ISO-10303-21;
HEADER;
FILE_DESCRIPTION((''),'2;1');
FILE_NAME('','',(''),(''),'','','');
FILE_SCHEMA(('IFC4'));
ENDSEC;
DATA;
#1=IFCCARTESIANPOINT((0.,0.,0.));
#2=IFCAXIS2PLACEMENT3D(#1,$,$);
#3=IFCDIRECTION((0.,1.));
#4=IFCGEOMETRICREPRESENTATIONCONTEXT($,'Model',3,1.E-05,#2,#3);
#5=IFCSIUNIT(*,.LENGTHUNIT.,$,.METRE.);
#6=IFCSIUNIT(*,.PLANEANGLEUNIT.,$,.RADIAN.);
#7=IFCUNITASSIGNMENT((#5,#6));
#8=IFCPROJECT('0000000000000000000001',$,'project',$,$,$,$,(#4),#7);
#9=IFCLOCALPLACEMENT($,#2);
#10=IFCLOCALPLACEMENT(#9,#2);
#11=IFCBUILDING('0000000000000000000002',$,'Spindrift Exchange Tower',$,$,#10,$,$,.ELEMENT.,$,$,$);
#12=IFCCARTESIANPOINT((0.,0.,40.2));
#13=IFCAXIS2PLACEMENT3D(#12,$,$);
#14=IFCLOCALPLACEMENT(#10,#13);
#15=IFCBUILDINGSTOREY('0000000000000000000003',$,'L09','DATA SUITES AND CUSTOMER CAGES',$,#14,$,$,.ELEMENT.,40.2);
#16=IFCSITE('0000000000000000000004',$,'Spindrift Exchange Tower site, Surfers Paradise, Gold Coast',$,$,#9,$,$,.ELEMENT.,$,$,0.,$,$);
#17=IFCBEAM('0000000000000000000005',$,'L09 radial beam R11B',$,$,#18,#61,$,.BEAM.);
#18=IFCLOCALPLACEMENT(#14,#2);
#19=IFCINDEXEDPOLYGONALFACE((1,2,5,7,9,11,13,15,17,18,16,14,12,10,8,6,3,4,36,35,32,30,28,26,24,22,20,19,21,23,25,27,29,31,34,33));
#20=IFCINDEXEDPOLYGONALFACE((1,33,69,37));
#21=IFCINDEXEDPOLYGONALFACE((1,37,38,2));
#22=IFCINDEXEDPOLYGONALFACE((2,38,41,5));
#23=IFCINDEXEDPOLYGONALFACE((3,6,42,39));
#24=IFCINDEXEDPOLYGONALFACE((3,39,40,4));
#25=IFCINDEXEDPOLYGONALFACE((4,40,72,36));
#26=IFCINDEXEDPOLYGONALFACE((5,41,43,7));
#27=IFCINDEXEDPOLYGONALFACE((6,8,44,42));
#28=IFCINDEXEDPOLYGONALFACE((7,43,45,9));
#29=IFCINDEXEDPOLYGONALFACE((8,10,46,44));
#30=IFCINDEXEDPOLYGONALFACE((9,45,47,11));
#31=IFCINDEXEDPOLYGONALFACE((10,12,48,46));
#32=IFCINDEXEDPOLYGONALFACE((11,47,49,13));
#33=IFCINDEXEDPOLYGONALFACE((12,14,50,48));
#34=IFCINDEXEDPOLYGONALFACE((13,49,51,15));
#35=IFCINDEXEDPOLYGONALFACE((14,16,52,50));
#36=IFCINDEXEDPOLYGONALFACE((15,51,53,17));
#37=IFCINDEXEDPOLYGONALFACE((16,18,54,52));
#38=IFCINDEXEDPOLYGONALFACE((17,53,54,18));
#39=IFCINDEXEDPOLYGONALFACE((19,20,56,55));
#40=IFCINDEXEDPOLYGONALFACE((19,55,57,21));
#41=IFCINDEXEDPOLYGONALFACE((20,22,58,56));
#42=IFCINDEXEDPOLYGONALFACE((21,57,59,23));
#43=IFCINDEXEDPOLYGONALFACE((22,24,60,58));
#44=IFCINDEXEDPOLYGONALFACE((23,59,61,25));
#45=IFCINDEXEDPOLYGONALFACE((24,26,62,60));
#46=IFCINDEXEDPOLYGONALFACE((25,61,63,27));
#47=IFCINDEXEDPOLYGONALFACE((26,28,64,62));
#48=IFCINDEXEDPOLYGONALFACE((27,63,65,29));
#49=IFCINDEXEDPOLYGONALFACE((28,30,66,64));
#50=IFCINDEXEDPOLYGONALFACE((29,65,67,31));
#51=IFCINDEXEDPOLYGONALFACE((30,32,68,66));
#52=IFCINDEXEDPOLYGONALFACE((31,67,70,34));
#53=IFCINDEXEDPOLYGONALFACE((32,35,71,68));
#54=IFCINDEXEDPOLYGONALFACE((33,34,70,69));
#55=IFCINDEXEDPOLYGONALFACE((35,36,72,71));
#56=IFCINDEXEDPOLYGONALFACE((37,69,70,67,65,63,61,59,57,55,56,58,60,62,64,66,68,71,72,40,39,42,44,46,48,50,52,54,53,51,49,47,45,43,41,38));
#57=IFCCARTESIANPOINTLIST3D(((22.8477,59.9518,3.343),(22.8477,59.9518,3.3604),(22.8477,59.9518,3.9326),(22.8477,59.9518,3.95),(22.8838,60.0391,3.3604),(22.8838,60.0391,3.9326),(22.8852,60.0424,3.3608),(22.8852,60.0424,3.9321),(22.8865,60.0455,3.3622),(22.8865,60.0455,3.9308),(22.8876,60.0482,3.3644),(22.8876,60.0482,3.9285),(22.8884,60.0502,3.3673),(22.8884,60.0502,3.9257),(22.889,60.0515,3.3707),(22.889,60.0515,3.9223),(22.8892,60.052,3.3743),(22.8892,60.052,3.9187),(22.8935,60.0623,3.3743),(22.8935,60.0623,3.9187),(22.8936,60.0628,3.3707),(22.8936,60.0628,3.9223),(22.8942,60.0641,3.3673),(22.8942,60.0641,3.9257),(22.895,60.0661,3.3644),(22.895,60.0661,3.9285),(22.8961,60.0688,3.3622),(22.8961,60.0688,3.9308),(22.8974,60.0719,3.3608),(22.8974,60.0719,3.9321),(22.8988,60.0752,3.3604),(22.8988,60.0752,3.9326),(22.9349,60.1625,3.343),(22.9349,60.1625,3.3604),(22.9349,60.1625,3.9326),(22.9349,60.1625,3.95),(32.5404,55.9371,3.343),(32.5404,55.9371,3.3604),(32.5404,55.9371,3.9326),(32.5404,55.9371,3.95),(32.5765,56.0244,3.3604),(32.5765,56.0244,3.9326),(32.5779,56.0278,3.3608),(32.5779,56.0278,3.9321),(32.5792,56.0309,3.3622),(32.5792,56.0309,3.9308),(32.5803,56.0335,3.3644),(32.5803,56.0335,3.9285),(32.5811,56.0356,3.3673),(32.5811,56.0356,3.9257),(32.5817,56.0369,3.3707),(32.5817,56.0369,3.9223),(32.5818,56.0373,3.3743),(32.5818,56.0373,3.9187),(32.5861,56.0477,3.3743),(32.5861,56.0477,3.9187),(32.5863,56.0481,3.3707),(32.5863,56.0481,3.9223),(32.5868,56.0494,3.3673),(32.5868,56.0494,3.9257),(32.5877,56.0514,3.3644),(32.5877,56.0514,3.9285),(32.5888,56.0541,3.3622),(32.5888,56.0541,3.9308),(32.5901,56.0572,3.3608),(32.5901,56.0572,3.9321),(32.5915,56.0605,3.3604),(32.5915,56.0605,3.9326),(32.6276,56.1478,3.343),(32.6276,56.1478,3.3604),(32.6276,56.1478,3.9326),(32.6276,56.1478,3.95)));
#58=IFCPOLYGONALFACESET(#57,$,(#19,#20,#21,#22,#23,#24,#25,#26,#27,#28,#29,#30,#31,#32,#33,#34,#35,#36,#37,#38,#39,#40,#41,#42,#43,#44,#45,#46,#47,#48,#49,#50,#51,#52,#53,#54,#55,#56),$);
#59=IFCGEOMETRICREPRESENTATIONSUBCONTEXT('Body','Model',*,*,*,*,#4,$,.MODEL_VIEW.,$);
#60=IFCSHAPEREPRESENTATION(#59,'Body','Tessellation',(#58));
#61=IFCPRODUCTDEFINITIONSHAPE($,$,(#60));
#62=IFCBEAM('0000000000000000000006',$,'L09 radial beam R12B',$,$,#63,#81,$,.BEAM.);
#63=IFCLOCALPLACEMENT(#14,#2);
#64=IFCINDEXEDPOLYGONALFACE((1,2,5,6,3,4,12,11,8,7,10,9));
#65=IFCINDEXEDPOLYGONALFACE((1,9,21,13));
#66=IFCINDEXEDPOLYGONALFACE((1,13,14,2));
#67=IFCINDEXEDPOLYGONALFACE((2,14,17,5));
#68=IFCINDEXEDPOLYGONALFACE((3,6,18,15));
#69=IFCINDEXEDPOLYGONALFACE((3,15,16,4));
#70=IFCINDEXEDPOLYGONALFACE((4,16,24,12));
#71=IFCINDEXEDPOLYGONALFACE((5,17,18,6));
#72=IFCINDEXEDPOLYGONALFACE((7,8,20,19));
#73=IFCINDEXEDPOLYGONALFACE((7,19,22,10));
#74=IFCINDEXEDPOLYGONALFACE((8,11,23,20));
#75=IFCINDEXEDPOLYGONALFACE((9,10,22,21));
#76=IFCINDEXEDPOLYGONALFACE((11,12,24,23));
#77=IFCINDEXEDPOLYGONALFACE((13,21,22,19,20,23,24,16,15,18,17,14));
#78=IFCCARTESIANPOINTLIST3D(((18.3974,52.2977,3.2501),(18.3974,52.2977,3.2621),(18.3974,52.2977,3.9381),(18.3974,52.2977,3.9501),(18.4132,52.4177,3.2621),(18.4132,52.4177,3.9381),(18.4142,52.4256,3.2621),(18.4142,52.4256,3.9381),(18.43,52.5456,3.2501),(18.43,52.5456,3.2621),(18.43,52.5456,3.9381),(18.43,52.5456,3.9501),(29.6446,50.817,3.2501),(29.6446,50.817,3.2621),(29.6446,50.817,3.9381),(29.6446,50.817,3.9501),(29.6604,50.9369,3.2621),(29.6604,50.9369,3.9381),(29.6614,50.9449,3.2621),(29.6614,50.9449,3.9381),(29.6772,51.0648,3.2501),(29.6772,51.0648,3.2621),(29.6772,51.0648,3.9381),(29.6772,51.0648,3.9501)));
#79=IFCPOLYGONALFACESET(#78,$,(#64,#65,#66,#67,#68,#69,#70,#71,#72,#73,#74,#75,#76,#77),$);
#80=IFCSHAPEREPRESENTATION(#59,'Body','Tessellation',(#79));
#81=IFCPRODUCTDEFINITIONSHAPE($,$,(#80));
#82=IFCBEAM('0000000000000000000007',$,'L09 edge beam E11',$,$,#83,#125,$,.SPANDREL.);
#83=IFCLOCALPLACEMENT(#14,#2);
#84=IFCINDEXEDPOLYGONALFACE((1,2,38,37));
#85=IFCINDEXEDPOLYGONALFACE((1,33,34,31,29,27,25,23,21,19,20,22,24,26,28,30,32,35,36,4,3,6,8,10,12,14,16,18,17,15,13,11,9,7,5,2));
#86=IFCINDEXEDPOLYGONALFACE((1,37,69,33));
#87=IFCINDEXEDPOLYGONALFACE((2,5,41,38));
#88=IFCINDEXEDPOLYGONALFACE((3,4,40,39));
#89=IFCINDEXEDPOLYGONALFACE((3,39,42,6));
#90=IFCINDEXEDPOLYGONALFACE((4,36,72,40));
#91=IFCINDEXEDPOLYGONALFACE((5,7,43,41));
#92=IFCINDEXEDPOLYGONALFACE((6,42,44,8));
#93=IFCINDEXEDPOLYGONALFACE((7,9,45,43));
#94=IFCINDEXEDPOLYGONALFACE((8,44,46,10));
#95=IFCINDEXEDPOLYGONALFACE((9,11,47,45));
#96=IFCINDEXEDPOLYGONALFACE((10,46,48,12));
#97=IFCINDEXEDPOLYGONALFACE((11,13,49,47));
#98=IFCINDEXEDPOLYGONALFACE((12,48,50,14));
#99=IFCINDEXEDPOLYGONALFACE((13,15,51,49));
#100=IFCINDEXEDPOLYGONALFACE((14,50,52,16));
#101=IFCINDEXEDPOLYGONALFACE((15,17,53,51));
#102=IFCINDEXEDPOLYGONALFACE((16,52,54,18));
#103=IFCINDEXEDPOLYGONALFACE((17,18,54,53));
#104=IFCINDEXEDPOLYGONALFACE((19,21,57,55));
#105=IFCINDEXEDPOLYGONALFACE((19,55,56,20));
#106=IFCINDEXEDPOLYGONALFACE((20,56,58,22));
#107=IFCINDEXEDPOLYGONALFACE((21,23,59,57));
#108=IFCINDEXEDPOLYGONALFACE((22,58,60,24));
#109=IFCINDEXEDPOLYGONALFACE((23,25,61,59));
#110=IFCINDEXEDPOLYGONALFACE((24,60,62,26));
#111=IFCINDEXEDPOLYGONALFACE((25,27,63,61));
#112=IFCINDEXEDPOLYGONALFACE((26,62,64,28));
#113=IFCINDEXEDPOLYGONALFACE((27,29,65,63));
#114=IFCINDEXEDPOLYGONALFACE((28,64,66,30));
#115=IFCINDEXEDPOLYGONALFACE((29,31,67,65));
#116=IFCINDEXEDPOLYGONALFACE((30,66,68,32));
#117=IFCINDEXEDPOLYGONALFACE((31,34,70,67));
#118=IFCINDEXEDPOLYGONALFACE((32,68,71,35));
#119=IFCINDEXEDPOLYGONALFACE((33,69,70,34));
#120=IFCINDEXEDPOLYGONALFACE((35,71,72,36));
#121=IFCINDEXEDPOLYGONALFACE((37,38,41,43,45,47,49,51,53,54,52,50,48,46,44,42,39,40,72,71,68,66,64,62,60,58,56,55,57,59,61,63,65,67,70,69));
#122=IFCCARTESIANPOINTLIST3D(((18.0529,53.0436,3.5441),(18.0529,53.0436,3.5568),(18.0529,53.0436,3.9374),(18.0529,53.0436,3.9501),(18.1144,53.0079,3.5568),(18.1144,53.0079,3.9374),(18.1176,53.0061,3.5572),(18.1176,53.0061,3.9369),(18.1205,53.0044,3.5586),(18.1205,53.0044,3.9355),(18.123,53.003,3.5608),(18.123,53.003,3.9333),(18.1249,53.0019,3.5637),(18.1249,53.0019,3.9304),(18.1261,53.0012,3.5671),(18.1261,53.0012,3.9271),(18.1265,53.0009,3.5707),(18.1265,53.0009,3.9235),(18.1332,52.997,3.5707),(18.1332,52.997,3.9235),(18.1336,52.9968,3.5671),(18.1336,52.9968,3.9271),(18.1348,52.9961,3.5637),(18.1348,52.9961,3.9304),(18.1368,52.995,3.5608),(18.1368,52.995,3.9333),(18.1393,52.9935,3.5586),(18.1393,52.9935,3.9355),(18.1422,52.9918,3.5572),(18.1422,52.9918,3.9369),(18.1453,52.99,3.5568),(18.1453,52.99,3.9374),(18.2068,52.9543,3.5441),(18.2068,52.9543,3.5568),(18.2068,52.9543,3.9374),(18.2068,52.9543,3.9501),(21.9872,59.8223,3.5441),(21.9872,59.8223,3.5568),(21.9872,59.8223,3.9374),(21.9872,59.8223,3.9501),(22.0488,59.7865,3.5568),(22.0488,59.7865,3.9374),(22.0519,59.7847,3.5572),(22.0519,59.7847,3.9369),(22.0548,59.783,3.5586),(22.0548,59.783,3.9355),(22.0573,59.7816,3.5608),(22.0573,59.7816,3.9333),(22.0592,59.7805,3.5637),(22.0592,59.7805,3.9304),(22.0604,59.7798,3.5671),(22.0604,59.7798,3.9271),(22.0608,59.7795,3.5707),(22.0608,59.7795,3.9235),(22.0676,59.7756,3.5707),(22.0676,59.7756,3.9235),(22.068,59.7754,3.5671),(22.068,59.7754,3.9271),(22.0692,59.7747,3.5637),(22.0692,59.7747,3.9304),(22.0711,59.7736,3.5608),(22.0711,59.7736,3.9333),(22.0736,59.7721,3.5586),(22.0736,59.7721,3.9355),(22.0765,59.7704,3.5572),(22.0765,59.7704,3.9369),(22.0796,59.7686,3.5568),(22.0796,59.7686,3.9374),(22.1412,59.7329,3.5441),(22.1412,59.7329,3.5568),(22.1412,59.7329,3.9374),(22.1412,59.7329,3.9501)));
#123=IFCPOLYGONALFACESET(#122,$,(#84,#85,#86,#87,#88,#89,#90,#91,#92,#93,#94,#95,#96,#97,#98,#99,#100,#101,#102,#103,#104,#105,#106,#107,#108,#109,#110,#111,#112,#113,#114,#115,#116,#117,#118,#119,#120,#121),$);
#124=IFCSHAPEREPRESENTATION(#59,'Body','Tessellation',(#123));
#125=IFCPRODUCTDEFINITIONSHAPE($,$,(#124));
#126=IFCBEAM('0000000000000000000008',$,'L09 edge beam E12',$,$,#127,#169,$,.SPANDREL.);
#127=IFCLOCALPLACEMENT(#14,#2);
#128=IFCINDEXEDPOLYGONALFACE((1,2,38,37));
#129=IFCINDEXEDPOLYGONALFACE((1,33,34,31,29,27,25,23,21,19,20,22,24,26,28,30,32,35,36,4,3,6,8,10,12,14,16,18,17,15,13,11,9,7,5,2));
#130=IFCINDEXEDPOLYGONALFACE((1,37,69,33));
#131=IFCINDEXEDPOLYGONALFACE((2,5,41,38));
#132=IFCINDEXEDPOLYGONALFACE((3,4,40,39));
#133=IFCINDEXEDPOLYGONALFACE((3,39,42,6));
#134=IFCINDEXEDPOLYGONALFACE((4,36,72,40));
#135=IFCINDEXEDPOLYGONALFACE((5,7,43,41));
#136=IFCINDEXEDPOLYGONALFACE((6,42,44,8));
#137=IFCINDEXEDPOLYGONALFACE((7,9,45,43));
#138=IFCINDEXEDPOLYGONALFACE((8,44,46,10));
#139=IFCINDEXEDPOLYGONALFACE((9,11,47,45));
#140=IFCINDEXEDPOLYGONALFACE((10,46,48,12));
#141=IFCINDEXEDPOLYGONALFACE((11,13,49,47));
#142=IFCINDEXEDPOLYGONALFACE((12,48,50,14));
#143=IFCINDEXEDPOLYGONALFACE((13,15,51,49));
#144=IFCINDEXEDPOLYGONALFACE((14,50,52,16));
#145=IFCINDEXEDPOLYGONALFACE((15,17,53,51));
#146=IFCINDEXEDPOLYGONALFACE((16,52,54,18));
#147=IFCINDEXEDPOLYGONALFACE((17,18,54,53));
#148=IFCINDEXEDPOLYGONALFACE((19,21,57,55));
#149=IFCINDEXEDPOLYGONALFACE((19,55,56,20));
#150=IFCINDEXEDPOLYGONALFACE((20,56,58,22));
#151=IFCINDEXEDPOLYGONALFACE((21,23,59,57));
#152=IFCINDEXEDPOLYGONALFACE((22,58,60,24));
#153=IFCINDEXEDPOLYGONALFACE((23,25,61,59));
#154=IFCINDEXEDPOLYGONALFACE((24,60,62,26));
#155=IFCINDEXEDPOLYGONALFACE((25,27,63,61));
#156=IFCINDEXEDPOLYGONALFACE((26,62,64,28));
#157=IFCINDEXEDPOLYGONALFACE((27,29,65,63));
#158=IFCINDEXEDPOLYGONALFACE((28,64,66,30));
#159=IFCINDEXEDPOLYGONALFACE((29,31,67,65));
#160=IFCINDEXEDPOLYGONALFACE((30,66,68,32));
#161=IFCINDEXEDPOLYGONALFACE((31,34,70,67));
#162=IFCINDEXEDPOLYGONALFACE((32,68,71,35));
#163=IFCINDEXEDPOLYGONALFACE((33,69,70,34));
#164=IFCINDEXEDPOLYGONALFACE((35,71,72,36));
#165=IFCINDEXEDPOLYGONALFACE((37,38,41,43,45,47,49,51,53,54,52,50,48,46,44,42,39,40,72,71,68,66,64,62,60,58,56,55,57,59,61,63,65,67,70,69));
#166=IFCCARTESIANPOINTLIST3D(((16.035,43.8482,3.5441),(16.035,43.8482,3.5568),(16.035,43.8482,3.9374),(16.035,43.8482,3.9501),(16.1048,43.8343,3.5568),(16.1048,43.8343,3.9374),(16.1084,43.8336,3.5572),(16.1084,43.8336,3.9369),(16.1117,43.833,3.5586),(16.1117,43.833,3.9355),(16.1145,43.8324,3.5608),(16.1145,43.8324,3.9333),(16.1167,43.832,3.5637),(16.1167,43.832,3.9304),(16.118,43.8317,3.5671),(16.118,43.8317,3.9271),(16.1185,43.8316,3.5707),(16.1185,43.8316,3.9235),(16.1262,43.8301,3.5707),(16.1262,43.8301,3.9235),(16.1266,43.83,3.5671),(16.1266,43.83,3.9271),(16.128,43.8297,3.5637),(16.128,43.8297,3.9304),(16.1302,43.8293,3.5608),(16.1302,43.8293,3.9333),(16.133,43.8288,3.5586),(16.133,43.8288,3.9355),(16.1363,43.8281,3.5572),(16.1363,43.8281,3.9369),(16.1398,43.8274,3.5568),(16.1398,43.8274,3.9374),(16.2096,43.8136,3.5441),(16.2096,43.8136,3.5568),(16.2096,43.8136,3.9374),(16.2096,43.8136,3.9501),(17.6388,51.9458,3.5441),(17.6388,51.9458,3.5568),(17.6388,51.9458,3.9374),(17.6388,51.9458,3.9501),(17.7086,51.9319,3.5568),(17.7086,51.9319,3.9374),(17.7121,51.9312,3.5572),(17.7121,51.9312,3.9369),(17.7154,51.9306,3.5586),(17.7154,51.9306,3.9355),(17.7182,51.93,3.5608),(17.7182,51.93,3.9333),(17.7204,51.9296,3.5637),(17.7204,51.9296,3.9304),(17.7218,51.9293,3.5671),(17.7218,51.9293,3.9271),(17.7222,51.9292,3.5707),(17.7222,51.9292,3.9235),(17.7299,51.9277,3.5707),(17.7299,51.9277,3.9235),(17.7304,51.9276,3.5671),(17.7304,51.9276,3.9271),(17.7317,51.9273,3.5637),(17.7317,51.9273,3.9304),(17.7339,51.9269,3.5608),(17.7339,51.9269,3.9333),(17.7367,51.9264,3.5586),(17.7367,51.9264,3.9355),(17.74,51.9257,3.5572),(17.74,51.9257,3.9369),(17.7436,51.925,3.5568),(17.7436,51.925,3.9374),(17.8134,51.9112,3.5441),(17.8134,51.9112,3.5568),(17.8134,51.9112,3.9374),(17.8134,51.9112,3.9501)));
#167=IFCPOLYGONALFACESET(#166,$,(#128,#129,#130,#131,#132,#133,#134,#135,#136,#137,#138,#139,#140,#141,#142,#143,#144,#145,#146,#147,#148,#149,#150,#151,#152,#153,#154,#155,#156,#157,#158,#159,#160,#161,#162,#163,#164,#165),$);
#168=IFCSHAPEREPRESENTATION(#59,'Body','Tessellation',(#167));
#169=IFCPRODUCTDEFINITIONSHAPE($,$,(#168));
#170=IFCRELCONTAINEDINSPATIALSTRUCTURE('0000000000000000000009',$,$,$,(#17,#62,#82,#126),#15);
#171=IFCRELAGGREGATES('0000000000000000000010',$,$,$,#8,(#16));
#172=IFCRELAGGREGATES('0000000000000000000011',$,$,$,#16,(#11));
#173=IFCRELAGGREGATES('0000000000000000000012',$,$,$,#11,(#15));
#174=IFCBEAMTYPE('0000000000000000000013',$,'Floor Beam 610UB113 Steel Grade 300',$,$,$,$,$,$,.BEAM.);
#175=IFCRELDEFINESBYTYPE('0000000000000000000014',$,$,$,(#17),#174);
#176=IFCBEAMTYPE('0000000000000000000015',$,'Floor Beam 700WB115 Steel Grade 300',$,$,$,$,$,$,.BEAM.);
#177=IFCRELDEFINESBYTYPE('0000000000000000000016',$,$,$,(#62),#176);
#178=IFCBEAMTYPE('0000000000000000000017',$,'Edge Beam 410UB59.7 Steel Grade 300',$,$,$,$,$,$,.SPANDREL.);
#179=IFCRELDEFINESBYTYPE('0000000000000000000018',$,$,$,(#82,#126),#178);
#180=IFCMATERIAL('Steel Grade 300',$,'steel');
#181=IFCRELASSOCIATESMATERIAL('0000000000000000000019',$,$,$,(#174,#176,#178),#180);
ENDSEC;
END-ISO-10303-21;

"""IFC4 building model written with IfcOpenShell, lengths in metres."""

from ifc_helpers import new_model, si_unit, direction, frame, origin, origin_2d, place, context, subcontext, project, spatial, i_section, extrude, source, transform, mapped, material, material_profile, profile_set, type_object, element, save


model = new_model("IFC4")

# Units and contexts
model_context = context("Model", 3, precision=1e-05, world=origin(), true_north=direction((0.0, 1.0)))
body_context = subcontext(model_context, "Body", "Model", "MODEL_VIEW")
ifc_project = project(units=[si_unit("LENGTHUNIT", "METRE"), si_unit("PLANEANGLEUNIT", "RADIAN")], contexts=[model_context])

# Site, building, storey
site_placement = place(None, origin())
site = spatial("IfcSite", under=ifc_project, at=site_placement, Name="Spindrift Exchange Tower site, Surfers Paradise, Gold Coast", CompositionType="ELEMENT", RefElevation=0.0)
building_placement = place(site_placement, origin())
building = spatial("IfcBuilding", under=site, at=building_placement, Name="Spindrift Exchange Tower", CompositionType="ELEMENT")
storey_placement = place(building_placement, frame((0.0, 0.0, 40.2)))
storey = spatial("IfcBuildingStorey", under=building, at=storey_placement, Name="L09", Description="DATA SUITES AND CUSTOMER CAGES", CompositionType="ELEMENT", Elevation=40.2)

# Beams
ifc_material_1 = material(Name="Steel Grade 300", Category="steel")
ifc_material_profile_1 = material_profile(ifc_material_1, i_section(OverallWidth=0.228, OverallDepth=0.6069, WebThickness=0.0112, FlangeThickness=0.0173, FilletRadius=0.0139, at=origin_2d()), Name="610UB113")
ifc_profile_set_1 = profile_set([ifc_material_profile_1], Name="Steel Grade 300")
beam_type_1 = type_object("IfcBeamType", Name="Floor Beam 610UB113 Steel Grade 300", PredefinedType="BEAM", material=ifc_profile_set_1)
shared_shape_1 = source(origin(), body_context, "Body", "SweptSolid", [
    extrude(i_section(OverallWidth=0.228, OverallDepth=0.6069, WebThickness=0.0112, FlangeThickness=0.0173, FilletRadius=0.0139, at=origin_2d()), origin(), (0.0, 0.0, 1.0), 10.4912),
])
beam_1_placement = place(storey_placement, frame((32.584, 56.0425, 3.6465), z_axis=(-0.923885, 0.38267, 0.0), x_axis=(-0.38267, -0.923885, 0.0)))
element("IfcBeam", 1, at=beam_1_placement, inside=storey, type_object=beam_type_1, Name="L09 radial beam R11B", PredefinedType="BEAM", context=body_context, shape_type="MappedRepresentation", body=[
    mapped(shared_shape_1, transform((0.0, 0.0, 0.0), scale=1.0)),
])
ifc_material_profile_2 = material_profile(ifc_material_1, i_section(OverallWidth=0.25, OverallDepth=0.7, WebThickness=0.0081, FlangeThickness=0.012, at=origin_2d()), Name="700WB115")
ifc_profile_set_2 = profile_set([ifc_material_profile_2], Name="Steel Grade 300")
beam_type_2 = type_object("IfcBeamType", Name="Floor Beam 700WB115 Steel Grade 300", PredefinedType="BEAM", material=ifc_profile_set_2)
shared_shape_2 = source(origin(), body_context, "Body", "SweptSolid", [
    extrude(i_section(OverallWidth=0.25, OverallDepth=0.7, WebThickness=0.0081, FlangeThickness=0.012, at=origin_2d()), origin(), (0.0, 0.0, 1.0), 11.3442),
])
beam_2_placement = place(storey_placement, frame((29.6609, 50.9409, 3.6001), z_axis=(-0.991445, 0.130527, 0.0), x_axis=(-0.130527, -0.991445, 0.0)))
element("IfcBeam", 2, at=beam_2_placement, inside=storey, type_object=beam_type_2, Name="L09 radial beam R12B", PredefinedType="BEAM", context=body_context, shape_type="MappedRepresentation", body=[
    mapped(shared_shape_2, transform((0.0, 0.0, 0.0), scale=1.0)),
])
ifc_material_profile_3 = material_profile(ifc_material_1, i_section(OverallWidth=0.178, OverallDepth=0.406, WebThickness=0.0078, FlangeThickness=0.0127, FilletRadius=0.0139, at=origin_2d()), Name="410UB59.7")
ifc_profile_set_3 = profile_set([ifc_material_profile_3], Name="Steel Grade 300")
beam_type_3 = type_object("IfcBeamType", Name="Edge Beam 410UB59.7 Steel Grade 300", PredefinedType="SPANDREL", material=ifc_profile_set_3)
shared_shape_3 = source(origin(), body_context, "Body", "SweptSolid", [
    extrude(i_section(OverallWidth=0.178, OverallDepth=0.406, WebThickness=0.0078, FlangeThickness=0.0127, FilletRadius=0.0139, at=origin_2d()), origin(), (0.0, 0.0, 1.0), 7.8376),
])
beam_3_placement = place(storey_placement, frame((22.0642, 59.7776, 3.7471), z_axis=(-0.501981, -0.864878, 0.0), x_axis=(0.864878, -0.501981, 0.0)))
element("IfcBeam", 3, at=beam_3_placement, inside=storey, type_object=beam_type_3, Name="L09 edge beam E11", PredefinedType="SPANDREL", context=body_context, shape_type="MappedRepresentation", body=[
    mapped(shared_shape_3, transform((0.0, 0.0, 0.0), scale=1.0)),
])
shared_shape_4 = source(origin(), body_context, "Body", "SweptSolid", [
    extrude(i_section(OverallWidth=0.178, OverallDepth=0.406, WebThickness=0.0078, FlangeThickness=0.0127, FilletRadius=0.0139, at=origin_2d()), origin(), (0.0, 0.0, 1.0), 8.2549),
])
beam_4_placement = place(storey_placement, frame((17.7261, 51.9285, 3.7471), z_axis=(-0.194279, -0.980946, 0.0), x_axis=(0.980946, -0.194279, 0.0)))
element("IfcBeam", 4, at=beam_4_placement, inside=storey, type_object=beam_type_3, Name="L09 edge beam E12", PredefinedType="SPANDREL", context=body_context, shape_type="MappedRepresentation", body=[
    mapped(shared_shape_4, transform((0.0, 0.0, 0.0), scale=1.0)),
])

save(model, "model.ifc")
